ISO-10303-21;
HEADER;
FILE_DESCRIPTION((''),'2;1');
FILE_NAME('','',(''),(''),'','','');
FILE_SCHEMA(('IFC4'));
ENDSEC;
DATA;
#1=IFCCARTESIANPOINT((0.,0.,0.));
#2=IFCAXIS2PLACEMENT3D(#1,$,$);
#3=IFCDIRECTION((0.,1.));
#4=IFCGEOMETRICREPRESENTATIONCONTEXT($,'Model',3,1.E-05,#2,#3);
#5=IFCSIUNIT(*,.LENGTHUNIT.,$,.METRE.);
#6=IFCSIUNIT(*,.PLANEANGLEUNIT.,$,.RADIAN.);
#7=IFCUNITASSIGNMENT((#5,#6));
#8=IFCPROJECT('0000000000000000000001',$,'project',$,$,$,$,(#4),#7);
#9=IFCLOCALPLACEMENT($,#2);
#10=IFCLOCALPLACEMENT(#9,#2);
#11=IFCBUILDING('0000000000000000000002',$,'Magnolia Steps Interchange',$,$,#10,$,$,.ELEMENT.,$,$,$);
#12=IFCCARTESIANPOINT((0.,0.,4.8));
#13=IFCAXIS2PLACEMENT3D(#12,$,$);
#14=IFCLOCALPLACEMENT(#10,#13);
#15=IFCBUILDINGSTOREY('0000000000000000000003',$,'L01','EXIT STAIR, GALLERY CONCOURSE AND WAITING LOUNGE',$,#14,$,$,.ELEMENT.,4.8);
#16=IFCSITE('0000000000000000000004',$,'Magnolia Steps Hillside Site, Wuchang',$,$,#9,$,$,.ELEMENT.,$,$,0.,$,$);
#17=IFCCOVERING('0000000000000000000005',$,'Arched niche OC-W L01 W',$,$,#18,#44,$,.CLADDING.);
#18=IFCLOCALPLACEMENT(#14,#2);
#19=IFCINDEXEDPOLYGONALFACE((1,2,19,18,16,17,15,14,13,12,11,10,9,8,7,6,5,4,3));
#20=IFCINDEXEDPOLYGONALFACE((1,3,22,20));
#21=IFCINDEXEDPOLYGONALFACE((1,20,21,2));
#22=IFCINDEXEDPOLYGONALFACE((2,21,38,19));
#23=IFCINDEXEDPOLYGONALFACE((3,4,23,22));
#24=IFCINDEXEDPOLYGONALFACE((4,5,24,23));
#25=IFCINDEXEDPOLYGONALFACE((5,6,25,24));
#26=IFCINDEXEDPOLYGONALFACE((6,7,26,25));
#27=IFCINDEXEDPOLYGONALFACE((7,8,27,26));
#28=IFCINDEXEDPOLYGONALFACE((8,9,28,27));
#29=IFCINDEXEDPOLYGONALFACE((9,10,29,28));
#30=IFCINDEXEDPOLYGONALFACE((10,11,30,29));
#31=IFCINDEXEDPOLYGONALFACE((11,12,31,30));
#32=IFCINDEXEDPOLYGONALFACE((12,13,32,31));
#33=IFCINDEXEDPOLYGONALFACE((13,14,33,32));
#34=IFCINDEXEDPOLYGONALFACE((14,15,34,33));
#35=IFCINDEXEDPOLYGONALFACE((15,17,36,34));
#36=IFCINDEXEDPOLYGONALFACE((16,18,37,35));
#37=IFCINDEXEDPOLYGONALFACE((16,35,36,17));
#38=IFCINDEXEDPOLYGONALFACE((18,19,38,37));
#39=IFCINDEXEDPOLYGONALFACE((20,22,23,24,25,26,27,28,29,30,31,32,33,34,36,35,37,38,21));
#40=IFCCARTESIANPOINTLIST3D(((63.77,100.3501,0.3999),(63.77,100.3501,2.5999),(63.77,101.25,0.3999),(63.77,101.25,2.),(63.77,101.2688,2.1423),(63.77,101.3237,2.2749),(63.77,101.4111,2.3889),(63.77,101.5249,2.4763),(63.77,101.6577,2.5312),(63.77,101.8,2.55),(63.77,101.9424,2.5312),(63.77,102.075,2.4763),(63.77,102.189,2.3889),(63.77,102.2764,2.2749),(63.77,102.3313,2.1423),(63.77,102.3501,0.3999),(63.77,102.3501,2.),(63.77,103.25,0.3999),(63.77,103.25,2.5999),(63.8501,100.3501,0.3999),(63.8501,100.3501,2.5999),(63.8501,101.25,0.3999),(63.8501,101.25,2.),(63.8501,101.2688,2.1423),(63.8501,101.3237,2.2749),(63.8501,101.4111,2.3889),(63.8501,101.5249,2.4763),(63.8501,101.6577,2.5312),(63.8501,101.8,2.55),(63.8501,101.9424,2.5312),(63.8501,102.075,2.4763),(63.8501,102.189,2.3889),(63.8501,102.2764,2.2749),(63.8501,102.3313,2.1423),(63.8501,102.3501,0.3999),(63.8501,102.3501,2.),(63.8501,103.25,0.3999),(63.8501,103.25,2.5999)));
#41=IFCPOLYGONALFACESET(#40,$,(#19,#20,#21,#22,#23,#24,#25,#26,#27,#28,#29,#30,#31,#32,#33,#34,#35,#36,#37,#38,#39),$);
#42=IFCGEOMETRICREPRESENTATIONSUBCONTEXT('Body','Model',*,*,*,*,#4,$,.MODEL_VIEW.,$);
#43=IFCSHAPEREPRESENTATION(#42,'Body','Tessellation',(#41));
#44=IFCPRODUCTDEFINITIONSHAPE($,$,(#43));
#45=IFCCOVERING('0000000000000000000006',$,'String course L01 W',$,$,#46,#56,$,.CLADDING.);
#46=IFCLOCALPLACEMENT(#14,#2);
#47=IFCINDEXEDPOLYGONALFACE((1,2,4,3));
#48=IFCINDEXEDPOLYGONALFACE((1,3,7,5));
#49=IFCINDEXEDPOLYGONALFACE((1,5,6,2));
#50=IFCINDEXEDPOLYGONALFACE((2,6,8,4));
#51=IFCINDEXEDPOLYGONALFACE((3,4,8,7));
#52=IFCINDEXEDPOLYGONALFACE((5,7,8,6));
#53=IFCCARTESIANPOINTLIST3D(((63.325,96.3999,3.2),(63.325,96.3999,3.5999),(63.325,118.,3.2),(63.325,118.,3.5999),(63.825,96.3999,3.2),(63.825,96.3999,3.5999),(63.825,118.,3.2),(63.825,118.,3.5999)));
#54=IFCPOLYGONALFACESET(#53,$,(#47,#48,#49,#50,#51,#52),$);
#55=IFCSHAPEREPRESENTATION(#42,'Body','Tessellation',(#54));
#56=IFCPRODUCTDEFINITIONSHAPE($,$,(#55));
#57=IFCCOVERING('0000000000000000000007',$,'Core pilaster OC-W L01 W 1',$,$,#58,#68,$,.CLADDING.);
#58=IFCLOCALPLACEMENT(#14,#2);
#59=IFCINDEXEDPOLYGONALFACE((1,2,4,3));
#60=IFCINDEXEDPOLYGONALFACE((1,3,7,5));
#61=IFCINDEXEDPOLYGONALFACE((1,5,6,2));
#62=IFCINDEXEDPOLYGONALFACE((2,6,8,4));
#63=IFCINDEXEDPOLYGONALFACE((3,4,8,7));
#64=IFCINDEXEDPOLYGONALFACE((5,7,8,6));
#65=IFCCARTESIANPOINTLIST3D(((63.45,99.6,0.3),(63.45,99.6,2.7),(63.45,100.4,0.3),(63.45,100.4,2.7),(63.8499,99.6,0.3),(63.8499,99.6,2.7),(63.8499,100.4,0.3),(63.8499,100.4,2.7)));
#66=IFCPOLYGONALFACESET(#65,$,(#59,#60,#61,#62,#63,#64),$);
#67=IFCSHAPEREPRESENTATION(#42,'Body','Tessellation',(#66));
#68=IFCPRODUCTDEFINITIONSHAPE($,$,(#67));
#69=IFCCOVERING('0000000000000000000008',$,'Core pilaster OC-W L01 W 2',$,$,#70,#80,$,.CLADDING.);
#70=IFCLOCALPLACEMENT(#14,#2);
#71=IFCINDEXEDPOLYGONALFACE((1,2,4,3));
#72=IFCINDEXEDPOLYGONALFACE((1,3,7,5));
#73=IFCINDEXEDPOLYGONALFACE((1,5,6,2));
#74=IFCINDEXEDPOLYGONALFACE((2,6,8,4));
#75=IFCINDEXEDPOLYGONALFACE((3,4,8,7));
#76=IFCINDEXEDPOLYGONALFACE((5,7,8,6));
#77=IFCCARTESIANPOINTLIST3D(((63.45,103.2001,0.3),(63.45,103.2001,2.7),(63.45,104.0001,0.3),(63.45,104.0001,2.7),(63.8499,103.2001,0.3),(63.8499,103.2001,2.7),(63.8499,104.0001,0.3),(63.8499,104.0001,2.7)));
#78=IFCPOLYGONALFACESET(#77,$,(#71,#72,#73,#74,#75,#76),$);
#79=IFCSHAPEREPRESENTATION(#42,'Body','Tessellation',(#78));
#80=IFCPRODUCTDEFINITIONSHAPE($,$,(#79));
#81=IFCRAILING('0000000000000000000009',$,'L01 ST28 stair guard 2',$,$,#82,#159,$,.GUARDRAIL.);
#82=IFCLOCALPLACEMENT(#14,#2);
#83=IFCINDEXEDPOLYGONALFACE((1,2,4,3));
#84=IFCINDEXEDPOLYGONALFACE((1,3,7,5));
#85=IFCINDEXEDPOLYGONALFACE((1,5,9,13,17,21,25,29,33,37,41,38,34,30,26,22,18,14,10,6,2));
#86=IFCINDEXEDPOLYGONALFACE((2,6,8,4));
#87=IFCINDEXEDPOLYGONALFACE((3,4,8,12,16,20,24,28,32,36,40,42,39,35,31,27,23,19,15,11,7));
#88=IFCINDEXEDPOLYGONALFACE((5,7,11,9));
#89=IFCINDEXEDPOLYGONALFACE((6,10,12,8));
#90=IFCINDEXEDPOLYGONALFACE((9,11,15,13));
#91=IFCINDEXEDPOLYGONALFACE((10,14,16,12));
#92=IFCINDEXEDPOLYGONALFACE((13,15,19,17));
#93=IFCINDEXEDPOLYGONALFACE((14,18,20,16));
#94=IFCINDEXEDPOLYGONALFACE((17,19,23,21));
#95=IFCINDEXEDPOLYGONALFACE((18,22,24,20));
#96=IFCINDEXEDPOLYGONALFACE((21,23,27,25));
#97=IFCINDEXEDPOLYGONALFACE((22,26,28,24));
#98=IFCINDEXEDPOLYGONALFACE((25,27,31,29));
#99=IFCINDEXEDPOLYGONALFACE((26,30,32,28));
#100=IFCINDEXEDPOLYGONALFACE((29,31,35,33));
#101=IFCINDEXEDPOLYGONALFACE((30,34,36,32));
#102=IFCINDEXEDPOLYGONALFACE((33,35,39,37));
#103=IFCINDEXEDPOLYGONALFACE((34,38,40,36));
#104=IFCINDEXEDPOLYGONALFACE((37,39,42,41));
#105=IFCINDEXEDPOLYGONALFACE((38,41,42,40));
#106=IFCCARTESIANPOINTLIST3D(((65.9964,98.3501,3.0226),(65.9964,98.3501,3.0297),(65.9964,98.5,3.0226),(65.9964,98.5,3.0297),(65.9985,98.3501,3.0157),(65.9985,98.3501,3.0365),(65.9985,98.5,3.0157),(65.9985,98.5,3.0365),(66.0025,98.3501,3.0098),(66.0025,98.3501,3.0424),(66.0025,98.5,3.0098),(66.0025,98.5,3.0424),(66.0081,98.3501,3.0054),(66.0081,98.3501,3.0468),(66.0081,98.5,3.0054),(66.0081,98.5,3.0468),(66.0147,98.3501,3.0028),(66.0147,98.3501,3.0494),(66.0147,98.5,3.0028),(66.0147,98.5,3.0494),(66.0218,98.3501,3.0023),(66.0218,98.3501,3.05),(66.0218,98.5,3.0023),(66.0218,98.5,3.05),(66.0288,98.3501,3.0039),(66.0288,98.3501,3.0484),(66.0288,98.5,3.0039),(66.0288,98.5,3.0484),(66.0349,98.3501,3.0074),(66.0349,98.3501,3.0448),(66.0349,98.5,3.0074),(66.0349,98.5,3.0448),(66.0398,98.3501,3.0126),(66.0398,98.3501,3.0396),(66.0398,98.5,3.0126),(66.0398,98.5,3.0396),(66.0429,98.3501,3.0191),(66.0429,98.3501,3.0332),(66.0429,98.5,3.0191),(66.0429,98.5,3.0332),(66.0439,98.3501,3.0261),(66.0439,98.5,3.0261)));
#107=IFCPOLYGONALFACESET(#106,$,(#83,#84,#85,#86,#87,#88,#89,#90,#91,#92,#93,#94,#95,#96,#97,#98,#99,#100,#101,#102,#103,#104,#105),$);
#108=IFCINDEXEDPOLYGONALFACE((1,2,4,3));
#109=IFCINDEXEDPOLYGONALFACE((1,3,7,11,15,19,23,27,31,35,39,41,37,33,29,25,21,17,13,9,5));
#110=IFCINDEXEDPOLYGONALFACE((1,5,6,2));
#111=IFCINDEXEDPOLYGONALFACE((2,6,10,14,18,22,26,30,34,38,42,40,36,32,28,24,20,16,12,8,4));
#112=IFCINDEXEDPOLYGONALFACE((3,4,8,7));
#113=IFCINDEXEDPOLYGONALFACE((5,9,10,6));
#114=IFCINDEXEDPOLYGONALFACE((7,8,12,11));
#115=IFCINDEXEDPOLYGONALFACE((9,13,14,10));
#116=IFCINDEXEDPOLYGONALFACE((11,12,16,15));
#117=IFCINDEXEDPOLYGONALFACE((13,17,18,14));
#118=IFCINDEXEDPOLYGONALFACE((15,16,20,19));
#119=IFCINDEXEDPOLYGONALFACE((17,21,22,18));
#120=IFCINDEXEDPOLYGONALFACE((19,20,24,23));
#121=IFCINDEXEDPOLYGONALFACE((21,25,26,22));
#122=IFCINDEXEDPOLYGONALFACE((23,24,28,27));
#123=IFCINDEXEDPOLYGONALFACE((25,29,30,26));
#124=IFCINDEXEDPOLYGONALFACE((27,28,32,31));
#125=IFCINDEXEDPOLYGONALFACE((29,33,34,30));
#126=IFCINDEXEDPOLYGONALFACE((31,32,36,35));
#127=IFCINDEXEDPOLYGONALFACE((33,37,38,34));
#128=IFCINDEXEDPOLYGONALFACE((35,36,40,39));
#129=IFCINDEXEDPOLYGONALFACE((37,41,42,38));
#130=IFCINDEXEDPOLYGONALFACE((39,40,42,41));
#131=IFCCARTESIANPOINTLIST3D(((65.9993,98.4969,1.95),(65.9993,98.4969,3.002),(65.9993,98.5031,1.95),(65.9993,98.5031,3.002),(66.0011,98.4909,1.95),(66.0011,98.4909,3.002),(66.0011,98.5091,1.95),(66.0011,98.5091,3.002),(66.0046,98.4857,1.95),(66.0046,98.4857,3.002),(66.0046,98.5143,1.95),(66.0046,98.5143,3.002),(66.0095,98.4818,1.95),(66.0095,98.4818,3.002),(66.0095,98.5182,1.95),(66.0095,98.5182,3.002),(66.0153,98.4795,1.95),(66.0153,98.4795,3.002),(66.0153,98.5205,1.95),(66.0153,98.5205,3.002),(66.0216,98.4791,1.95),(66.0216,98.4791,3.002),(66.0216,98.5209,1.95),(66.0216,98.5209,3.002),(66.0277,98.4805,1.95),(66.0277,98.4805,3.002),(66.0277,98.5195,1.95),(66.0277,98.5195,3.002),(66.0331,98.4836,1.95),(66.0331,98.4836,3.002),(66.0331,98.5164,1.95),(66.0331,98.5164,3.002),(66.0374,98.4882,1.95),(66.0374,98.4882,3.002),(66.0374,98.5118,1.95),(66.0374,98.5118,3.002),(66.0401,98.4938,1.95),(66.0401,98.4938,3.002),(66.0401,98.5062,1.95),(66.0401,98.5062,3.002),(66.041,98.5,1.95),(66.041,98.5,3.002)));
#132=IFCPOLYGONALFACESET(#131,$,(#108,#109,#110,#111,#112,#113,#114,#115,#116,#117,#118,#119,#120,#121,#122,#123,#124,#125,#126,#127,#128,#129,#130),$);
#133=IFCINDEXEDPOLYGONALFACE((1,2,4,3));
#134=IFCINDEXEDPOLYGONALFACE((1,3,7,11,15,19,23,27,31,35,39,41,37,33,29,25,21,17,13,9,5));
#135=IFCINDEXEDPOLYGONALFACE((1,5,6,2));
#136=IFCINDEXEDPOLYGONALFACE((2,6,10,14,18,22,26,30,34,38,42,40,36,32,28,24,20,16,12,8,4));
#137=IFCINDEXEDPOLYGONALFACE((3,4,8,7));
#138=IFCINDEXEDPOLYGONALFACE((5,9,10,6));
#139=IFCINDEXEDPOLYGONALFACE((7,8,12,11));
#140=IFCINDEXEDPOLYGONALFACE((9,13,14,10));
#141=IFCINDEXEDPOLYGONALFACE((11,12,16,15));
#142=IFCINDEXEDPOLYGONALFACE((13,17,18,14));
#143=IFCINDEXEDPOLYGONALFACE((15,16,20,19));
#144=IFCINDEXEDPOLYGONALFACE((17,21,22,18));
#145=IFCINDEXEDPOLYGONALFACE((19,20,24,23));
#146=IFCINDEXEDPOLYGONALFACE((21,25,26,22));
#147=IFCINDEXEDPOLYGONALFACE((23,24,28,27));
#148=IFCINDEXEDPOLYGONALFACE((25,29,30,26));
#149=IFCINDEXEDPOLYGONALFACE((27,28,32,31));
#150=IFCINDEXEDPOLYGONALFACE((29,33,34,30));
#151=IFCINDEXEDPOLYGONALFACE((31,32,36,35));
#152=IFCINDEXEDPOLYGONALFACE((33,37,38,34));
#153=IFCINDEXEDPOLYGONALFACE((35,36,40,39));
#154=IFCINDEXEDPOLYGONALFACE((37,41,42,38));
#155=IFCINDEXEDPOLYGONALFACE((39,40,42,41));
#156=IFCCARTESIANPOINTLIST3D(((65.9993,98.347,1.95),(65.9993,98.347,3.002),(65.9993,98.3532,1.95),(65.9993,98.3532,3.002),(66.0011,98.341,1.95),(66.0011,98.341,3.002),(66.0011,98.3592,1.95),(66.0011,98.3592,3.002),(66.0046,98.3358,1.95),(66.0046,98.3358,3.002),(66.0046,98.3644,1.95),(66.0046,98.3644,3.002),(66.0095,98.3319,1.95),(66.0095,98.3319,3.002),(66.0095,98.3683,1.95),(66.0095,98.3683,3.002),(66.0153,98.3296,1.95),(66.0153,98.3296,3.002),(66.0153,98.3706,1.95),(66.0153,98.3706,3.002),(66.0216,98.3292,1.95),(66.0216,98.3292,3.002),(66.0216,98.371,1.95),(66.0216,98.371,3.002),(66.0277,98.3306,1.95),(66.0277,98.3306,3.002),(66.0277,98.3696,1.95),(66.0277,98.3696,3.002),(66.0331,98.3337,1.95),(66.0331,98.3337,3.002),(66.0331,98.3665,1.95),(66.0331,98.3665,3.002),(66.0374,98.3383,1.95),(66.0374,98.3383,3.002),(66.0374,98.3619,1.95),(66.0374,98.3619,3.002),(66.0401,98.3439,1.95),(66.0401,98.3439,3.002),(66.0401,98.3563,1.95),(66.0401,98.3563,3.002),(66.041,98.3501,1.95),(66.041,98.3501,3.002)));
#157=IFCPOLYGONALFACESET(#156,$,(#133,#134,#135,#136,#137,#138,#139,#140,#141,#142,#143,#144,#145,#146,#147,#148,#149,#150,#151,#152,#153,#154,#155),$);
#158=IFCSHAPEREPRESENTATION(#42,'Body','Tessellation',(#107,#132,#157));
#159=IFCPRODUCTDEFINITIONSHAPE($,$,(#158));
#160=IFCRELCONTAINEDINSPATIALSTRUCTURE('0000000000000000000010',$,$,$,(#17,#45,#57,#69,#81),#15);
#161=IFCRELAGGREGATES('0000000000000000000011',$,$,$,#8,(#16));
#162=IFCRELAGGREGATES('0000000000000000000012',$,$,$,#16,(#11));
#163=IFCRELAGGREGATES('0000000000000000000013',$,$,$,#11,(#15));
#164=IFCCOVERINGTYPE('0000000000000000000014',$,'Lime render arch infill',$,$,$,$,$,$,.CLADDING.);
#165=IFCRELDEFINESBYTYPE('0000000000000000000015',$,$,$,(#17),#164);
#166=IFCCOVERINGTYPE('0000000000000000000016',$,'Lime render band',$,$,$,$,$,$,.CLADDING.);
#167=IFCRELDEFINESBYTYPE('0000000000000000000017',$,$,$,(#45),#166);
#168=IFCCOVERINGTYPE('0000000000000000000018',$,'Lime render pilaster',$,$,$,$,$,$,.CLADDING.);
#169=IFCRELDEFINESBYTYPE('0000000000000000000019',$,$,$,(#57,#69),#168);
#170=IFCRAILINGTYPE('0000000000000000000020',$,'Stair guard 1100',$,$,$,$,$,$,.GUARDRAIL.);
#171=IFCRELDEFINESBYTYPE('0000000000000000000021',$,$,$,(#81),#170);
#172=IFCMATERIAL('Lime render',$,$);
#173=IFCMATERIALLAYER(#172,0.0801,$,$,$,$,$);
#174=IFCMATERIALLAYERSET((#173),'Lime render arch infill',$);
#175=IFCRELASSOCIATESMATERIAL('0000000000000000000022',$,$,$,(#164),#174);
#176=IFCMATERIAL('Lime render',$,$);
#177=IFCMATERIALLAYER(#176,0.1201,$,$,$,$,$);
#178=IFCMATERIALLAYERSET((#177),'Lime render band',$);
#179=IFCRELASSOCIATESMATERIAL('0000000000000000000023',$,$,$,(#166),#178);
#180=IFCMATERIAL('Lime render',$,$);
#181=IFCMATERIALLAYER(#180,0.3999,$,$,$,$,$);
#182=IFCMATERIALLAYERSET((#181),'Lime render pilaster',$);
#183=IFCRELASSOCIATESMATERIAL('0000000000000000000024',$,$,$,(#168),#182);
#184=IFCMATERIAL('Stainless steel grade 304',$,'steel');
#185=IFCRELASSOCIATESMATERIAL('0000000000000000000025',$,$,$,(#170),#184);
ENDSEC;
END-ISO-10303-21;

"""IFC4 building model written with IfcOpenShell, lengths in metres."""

from ifc_helpers import new_model, si_unit, direction, frame, origin, origin_2d, place, context, subcontext, project, spatial, polyline, rectangle, circle, outline, extrude, material, layer, layer_set, type_object, element, save


model = new_model("IFC4")

# Units and contexts
model_context = context("Model", 3, precision=1e-05, world=origin(), true_north=direction((0.0, 1.0)))
body_context = subcontext(model_context, "Body", "Model", "MODEL_VIEW")
ifc_project = project(units=[si_unit("LENGTHUNIT", "METRE"), si_unit("PLANEANGLEUNIT", "RADIAN")], contexts=[model_context])

# Site, building, storey
site_placement = place(None, origin())
site = spatial("IfcSite", under=ifc_project, at=site_placement, Name="Magnolia Steps Hillside Site, Wuchang", CompositionType="ELEMENT", RefElevation=0.0)
building_placement = place(site_placement, origin())
building = spatial("IfcBuilding", under=site, at=building_placement, Name="Magnolia Steps Interchange", CompositionType="ELEMENT")
storey_placement = place(building_placement, frame((0.0, 0.0, 4.8)))
storey = spatial("IfcBuildingStorey", under=building, at=storey_placement, Name="L01", Description="EXIT STAIR, GALLERY CONCOURSE AND WAITING LOUNGE", CompositionType="ELEMENT", Elevation=4.8)

# Coverings
ifc_material_1 = material(Name="Lime render")
ifc_layer_1 = layer(ifc_material_1, 0.0801)
ifc_layer_set_1 = layer_set([ifc_layer_1], Name="Lime render arch infill")
covering_type_1 = type_object("IfcCoveringType", Name="Lime render arch infill", PredefinedType="CLADDING", material=ifc_layer_set_1)
covering_1_placement = place(storey_placement, frame((63.8501, 101.25, 0.3999), z_axis=(1.0, 0.0, 0.0), x_axis=(0.0, 0.0, 1.0)))
element("IfcCovering", 1, at=covering_1_placement, inside=storey, type_object=covering_type_1, Name="Arched niche OC-W L01 W", PredefinedType="CLADDING", context=body_context, shape_type="SweptSolid", body=[
    extrude(outline(polyline([(0.0, 0.0), (1.6001, 0.0), (1.7424, -0.0188), (1.875, -0.0737), (1.989, -0.1611), (2.0764, -0.2749), (2.1313, -0.4077), (2.1501, -0.55), (2.1313, -0.6924), (2.0764, -0.825), (1.989, -0.939), (1.875, -1.0264), (1.7424, -1.0813), (1.6001, -1.1001), (0.0, -1.1001), (0.0, -2.0), (2.2, -2.0), (2.2, 0.8999), (0.0, 0.8999), (0.0, 0.0)])), origin(), (0.0, 0.0, -1.0), 0.0801),
])
ifc_material_2 = material(Name="Lime render")
ifc_layer_2 = layer(ifc_material_2, 0.1201)
ifc_layer_set_2 = layer_set([ifc_layer_2], Name="Lime render band")
covering_type_2 = type_object("IfcCoveringType", Name="Lime render band", PredefinedType="CLADDING", material=ifc_layer_set_2)
covering_2_placement = place(storey_placement, frame((63.575, 107.2, 3.2), z_axis=(0.0, 0.0, 1.0), x_axis=(1.0, 0.0, 0.0)))
element("IfcCovering", 2, at=covering_2_placement, inside=storey, type_object=covering_type_2, Name="String course L01 W", PredefinedType="CLADDING", context=body_context, shape_type="SweptSolid", body=[
    extrude(rectangle(XDim=0.5, YDim=21.6001, at=origin_2d()), origin(), (0.0, 0.0, 1.0), 0.3999),
])
ifc_material_3 = material(Name="Lime render")
ifc_layer_3 = layer(ifc_material_3, 0.3999)
ifc_layer_set_3 = layer_set([ifc_layer_3], Name="Lime render pilaster")
covering_type_3 = type_object("IfcCoveringType", Name="Lime render pilaster", PredefinedType="CLADDING", material=ifc_layer_set_3)
for number, where, z_axis, x_axis, name in (
    (3, (63.6499, 100.0, 0.3), (0.0, 0.0, 1.0), (1.0, 0.0, 0.0), "Core pilaster OC-W L01 W 1"),
    (4, (63.6499, 103.6001, 0.3), (0.0, 0.0, 1.0), (1.0, 0.0, 0.0), "Core pilaster OC-W L01 W 2"),
):
    element("IfcCovering", number, at=place(storey_placement, frame(where, z_axis=z_axis, x_axis=x_axis)), inside=storey, type_object=covering_type_3, Name=name, PredefinedType="CLADDING", context=body_context, shape_type="SweptSolid", body=[
        extrude(rectangle(XDim=0.3999, YDim=0.8, at=origin_2d()), origin(), (0.0, 0.0, 1.0), 2.3999),
    ])

# Railing
ifc_material_4 = material(Name="Stainless steel grade 304", Category="steel")
railing_type_1 = type_object("IfcRailingType", Name="Stair guard 1100", PredefinedType="GUARDRAIL", material=ifc_material_4)
railing_1_placement = place(storey_placement, frame((66.02, 98.5, 1.95)))
element("IfcRailing", 5, at=railing_1_placement, inside=storey, type_object=railing_type_1, Name="L01 ST28 stair guard 2", PredefinedType="GUARDRAIL", context=body_context, shape_type="SweptSolid", body=[
    extrude(circle(Radius=0.0239, at=origin_2d()), frame((0.0, 0.0, 1.0762), z_axis=(0.0, -1.0, 0.0), x_axis=(1.0, 0.0, 0.0)), (0.0, 0.0, 1.0), 0.1499),
    extrude(circle(Radius=0.021, at=origin_2d()), origin(), (0.0, 0.0, 1.0), 1.052),
    extrude(circle(Radius=0.021, at=origin_2d()), frame((0.0, -0.1499, 0.0)), (0.0, 0.0, 1.0), 1.052),
])

save(model, "model.ifc")
